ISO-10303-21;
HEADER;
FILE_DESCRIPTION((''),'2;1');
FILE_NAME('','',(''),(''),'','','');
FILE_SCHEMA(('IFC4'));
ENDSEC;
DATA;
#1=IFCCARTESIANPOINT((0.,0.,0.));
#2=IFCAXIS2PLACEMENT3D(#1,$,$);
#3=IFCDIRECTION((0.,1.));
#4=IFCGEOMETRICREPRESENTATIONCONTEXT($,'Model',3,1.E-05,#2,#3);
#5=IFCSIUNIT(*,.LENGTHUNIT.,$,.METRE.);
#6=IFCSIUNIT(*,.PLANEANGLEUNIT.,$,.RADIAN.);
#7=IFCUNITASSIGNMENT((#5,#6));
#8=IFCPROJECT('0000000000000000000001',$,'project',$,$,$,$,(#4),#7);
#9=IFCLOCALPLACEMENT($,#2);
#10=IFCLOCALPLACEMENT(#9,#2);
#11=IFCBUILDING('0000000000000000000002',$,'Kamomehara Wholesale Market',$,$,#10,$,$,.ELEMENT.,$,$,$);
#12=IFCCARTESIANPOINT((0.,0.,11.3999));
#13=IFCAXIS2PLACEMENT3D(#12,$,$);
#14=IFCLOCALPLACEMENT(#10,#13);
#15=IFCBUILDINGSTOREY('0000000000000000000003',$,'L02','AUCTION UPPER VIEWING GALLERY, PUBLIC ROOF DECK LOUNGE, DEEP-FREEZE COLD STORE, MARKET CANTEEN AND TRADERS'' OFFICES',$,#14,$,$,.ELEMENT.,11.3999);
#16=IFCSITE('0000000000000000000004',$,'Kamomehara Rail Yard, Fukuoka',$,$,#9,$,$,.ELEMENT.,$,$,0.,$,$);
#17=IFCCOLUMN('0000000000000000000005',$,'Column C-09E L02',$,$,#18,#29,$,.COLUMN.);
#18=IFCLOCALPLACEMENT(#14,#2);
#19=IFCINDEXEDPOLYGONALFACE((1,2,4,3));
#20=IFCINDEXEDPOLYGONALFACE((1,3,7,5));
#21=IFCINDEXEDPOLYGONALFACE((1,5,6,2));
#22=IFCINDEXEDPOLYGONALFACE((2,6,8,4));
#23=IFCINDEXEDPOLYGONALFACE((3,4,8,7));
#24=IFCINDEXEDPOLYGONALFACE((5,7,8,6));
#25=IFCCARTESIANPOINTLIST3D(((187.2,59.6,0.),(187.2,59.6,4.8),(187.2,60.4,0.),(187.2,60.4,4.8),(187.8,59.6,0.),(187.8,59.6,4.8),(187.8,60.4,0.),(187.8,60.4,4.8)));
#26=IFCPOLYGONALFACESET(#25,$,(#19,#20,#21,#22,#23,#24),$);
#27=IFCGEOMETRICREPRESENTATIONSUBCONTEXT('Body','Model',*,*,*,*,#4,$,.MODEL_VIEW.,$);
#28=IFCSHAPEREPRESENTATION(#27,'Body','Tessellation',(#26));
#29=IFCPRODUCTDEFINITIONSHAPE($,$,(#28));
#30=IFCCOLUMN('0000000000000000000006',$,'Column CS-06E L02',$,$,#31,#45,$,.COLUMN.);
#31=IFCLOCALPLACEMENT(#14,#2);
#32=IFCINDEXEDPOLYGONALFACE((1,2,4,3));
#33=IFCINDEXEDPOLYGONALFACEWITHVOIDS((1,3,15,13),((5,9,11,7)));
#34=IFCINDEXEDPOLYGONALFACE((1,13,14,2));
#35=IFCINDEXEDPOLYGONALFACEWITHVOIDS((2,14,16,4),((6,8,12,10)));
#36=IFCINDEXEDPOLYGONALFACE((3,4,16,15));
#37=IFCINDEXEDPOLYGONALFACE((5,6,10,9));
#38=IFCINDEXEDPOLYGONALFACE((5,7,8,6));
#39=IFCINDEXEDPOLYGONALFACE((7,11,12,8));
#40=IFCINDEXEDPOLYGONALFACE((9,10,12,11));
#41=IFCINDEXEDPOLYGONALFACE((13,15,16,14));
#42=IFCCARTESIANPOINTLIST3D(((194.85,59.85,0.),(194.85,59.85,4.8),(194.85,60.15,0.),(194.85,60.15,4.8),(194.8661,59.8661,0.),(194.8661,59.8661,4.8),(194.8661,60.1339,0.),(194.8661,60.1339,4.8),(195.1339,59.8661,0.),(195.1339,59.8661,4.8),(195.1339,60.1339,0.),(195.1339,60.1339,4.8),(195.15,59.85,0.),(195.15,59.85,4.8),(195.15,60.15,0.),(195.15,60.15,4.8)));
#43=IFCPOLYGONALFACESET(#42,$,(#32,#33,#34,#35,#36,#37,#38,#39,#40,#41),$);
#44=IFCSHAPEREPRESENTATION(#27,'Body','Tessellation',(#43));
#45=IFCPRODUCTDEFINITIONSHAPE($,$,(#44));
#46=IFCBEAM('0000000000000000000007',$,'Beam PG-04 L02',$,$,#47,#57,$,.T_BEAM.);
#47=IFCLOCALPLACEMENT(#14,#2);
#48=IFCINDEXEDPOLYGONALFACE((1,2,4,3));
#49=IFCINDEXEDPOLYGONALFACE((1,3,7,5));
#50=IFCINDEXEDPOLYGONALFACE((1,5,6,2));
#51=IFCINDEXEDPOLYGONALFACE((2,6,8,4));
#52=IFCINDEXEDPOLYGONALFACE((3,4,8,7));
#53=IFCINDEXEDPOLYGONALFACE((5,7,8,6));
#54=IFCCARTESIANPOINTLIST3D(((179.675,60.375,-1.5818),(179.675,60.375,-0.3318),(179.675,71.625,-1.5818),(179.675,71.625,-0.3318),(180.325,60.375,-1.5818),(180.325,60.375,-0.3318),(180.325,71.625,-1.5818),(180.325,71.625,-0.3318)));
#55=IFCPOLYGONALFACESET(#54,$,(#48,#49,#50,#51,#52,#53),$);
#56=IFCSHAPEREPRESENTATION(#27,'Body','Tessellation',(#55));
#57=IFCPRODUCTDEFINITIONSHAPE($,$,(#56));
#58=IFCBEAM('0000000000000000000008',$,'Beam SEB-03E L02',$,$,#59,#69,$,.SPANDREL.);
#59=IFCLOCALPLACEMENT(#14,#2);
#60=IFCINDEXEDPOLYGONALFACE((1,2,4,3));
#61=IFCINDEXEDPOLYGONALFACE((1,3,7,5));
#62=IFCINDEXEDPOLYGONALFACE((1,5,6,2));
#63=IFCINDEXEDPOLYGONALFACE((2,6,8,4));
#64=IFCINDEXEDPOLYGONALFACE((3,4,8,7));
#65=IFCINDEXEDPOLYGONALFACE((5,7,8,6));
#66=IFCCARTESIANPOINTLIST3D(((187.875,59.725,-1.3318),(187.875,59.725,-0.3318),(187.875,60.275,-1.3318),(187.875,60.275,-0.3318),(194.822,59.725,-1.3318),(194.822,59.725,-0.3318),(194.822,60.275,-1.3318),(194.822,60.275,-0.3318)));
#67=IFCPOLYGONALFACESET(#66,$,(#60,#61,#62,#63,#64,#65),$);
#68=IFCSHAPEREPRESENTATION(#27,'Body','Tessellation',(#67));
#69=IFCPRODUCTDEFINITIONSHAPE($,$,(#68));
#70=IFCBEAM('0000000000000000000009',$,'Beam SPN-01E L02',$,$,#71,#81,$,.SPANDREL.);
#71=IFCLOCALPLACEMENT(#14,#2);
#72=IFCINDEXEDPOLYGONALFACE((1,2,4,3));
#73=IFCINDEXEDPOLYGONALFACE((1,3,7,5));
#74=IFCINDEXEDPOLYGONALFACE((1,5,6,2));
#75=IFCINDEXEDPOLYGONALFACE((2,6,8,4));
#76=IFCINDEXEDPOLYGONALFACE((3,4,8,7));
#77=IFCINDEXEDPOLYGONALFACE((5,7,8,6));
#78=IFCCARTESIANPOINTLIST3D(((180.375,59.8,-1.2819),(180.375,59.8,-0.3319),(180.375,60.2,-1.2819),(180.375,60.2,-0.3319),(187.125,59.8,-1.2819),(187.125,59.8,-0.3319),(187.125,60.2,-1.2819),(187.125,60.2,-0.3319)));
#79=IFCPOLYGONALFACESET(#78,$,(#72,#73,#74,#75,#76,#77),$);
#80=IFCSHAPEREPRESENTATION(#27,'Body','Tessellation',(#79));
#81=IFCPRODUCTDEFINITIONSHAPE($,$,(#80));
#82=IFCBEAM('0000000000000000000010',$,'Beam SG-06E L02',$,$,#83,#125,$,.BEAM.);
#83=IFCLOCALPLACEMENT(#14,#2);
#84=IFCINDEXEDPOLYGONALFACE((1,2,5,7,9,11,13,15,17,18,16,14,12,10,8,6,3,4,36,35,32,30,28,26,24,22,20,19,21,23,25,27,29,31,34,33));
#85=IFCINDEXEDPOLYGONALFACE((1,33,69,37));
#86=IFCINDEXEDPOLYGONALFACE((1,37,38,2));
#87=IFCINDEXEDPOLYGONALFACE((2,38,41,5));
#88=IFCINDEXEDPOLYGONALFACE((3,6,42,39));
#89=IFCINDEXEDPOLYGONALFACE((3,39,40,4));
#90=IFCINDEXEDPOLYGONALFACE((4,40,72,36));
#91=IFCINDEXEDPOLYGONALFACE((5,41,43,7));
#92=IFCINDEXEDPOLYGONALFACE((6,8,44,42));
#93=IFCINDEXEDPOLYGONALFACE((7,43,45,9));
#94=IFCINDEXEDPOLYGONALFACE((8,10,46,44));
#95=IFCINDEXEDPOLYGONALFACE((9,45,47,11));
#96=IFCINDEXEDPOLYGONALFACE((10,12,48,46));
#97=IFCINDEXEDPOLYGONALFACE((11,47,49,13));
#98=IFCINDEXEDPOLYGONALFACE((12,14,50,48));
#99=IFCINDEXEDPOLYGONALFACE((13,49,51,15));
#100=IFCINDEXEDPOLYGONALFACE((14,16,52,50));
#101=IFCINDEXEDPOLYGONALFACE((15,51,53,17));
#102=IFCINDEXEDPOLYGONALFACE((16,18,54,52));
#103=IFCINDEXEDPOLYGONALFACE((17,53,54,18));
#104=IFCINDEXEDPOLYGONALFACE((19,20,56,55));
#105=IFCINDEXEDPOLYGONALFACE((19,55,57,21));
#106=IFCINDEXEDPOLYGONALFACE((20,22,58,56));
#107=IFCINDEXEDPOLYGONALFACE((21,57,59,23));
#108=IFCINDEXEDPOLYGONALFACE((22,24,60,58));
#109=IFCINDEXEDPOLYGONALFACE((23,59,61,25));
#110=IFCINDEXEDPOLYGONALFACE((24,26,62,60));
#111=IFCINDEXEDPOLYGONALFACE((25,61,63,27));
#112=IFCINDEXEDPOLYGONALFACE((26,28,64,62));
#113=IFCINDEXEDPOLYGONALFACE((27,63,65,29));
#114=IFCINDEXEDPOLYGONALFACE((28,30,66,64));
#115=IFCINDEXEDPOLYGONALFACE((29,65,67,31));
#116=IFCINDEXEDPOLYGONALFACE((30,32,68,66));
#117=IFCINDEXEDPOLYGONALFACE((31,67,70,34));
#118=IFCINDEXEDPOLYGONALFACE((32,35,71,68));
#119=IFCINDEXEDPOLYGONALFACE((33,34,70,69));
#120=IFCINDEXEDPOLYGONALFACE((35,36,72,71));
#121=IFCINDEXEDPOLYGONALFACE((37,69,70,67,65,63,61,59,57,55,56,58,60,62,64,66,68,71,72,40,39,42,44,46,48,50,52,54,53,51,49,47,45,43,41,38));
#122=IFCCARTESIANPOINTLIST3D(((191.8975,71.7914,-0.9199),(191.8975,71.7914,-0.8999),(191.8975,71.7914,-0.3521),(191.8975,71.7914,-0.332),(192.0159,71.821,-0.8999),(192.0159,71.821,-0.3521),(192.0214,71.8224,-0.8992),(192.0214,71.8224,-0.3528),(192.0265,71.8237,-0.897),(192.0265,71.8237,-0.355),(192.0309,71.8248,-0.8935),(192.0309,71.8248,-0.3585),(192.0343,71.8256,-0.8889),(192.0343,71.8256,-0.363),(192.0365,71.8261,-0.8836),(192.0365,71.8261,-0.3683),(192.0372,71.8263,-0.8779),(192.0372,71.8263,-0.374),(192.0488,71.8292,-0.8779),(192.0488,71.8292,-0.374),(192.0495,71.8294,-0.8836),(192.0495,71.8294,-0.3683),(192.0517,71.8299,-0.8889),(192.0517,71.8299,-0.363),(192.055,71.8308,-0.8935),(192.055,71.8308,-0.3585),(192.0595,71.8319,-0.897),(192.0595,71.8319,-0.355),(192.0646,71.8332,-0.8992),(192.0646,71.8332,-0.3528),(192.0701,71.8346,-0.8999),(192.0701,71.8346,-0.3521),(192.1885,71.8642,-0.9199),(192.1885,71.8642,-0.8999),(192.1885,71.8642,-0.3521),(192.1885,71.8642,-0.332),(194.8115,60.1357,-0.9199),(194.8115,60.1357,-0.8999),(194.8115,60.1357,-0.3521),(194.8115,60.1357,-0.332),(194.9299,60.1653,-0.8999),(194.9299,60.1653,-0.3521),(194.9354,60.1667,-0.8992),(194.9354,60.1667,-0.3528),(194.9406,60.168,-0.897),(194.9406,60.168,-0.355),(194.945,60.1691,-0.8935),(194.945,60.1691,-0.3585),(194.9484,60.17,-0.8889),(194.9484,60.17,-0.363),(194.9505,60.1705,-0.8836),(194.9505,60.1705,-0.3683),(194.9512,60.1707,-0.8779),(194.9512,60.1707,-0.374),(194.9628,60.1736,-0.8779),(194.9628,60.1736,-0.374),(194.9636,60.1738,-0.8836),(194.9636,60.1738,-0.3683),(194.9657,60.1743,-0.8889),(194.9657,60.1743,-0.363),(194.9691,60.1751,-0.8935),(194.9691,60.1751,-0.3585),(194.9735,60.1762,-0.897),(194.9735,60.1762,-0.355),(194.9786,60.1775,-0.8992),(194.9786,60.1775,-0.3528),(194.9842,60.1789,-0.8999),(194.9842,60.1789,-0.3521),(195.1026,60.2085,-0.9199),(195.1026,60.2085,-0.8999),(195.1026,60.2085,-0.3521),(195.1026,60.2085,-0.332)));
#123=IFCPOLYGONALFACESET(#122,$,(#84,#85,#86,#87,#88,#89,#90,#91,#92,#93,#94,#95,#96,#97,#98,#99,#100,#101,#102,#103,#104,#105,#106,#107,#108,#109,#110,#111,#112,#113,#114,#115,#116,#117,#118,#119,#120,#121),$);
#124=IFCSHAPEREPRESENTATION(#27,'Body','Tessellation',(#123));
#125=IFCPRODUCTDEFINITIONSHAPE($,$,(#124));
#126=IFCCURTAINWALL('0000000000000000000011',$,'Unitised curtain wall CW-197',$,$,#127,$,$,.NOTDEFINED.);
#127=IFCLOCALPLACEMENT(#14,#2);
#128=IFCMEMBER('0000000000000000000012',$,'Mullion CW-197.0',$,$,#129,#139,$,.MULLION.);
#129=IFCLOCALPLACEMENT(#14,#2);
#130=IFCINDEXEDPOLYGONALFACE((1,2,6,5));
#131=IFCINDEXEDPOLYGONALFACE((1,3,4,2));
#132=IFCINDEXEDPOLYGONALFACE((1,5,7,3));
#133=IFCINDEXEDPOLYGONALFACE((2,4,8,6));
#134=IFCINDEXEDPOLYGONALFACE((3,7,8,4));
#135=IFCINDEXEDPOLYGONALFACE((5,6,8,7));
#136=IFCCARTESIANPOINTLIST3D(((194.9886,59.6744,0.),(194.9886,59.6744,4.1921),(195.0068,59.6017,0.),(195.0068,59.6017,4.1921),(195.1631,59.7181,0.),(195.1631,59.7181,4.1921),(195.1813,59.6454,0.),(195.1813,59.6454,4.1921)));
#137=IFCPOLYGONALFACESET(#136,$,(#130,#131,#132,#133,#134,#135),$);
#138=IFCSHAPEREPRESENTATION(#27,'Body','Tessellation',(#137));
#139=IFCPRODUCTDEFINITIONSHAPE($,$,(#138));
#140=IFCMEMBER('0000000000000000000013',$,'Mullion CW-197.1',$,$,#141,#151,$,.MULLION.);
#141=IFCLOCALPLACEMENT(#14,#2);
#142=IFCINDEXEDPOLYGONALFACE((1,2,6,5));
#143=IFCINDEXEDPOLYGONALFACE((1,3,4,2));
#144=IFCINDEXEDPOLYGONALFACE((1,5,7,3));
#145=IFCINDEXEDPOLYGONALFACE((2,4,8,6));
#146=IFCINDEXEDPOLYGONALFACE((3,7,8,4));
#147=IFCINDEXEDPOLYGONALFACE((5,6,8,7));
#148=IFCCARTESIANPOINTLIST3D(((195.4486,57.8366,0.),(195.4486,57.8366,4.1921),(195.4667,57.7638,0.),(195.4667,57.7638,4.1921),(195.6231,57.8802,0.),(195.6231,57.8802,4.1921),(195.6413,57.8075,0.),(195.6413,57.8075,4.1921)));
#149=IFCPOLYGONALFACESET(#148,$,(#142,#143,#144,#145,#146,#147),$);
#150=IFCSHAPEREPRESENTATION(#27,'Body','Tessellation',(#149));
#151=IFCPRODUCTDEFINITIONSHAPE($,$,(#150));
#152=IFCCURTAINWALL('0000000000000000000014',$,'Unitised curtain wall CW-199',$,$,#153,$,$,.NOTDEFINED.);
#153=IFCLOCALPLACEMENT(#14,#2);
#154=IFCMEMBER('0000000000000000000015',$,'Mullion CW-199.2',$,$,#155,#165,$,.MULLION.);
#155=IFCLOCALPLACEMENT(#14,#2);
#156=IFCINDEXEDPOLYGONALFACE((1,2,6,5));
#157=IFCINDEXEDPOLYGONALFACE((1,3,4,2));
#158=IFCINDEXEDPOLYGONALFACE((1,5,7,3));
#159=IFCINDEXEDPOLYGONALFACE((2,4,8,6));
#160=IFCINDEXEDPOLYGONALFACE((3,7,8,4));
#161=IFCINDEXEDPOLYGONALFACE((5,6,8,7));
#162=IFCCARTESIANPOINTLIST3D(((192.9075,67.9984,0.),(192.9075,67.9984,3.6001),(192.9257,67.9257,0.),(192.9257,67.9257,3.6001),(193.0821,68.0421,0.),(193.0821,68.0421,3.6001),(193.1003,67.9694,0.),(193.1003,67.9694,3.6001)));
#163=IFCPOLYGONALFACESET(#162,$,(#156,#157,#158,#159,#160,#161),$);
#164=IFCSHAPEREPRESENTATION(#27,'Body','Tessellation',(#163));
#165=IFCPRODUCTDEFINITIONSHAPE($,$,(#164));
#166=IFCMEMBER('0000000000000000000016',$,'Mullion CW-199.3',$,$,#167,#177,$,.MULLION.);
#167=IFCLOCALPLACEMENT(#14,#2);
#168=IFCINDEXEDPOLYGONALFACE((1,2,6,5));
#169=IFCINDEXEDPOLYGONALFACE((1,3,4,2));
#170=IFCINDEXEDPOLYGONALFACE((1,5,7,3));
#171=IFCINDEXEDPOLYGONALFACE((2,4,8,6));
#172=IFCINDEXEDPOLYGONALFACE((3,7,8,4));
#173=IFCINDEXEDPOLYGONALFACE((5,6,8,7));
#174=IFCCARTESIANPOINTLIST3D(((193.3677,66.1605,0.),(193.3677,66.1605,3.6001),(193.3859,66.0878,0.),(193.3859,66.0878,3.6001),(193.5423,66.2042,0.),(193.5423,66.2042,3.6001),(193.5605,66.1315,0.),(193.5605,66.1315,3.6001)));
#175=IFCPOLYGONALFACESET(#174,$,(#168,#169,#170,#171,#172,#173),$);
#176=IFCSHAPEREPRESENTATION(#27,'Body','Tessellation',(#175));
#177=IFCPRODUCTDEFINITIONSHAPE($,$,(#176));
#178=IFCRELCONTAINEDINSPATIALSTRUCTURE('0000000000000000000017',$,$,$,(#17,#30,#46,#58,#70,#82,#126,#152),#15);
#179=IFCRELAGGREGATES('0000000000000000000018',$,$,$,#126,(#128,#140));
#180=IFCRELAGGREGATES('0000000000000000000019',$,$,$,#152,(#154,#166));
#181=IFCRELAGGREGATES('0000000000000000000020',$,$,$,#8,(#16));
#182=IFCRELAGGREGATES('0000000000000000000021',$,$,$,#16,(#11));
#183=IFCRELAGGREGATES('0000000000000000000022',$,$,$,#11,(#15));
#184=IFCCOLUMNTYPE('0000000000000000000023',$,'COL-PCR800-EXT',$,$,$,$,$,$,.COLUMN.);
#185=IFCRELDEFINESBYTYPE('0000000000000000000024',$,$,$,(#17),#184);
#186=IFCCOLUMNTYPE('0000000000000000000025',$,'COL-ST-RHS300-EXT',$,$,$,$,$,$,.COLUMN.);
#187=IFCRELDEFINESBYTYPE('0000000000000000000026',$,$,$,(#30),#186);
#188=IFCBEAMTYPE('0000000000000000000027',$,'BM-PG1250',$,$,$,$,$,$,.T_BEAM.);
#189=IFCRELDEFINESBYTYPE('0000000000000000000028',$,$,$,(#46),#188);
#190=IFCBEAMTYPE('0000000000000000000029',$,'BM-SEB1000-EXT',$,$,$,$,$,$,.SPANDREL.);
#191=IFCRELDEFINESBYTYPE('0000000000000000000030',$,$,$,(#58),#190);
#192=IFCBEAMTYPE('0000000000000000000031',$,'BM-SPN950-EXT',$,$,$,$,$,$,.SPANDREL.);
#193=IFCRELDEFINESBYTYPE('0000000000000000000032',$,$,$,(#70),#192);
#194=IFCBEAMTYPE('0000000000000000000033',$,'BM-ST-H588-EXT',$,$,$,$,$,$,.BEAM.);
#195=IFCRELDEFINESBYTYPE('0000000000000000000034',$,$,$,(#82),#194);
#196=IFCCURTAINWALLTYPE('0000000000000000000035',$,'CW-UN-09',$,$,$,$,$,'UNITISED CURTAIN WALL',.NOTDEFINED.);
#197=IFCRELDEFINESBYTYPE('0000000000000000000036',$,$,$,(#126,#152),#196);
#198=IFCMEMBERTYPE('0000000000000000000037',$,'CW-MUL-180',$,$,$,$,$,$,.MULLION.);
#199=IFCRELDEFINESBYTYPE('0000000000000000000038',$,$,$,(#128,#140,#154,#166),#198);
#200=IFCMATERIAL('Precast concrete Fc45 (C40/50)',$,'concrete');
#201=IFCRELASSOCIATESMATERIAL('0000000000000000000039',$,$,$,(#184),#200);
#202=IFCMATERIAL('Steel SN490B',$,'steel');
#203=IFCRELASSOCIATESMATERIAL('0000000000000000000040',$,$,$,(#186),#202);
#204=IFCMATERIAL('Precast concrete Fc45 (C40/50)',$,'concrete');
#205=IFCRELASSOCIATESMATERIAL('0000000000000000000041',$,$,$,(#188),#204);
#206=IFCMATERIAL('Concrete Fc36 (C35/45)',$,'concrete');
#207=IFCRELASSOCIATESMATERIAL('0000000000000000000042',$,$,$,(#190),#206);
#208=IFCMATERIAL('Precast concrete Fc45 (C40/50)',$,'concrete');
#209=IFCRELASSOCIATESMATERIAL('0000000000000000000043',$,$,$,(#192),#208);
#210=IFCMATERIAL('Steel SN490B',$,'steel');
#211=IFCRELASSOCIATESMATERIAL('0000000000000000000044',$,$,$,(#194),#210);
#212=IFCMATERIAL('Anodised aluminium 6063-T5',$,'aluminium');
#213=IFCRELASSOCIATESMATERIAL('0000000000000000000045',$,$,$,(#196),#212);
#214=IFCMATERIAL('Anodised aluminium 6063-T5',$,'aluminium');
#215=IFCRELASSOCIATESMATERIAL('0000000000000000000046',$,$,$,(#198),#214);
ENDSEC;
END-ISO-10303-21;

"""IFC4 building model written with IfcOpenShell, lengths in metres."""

from ifc_helpers import new_model, si_unit, direction, frame, origin, origin_2d, place, context, subcontext, project, spatial, rectangle, hollow_rectangle, i_section, extrude, material, material_profile, profile_set, type_object, element, aggregate, save


model = new_model("IFC4")

# Units and contexts
model_context = context("Model", 3, precision=1e-05, world=origin(), true_north=direction((0.0, 1.0)))
body_context = subcontext(model_context, "Body", "Model", "MODEL_VIEW")
ifc_project = project(units=[si_unit("LENGTHUNIT", "METRE"), si_unit("PLANEANGLEUNIT", "RADIAN")], contexts=[model_context])

# Site, building, storey
site_placement = place(None, origin())
site = spatial("IfcSite", under=ifc_project, at=site_placement, Name="Kamomehara Rail Yard, Fukuoka", CompositionType="ELEMENT", RefElevation=0.0)
building_placement = place(site_placement, origin())
building = spatial("IfcBuilding", under=site, at=building_placement, Name="Kamomehara Wholesale Market", CompositionType="ELEMENT")
storey_placement = place(building_placement, frame((0.0, 0.0, 11.3999)))
storey = spatial("IfcBuildingStorey", under=building, at=storey_placement, Name="L02", Description="AUCTION UPPER VIEWING GALLERY, PUBLIC ROOF DECK LOUNGE, DEEP-FREEZE COLD STORE, MARKET CANTEEN AND TRADERS' OFFICES", CompositionType="ELEMENT", Elevation=11.3999)

# Columns
ifc_material_1 = material(Name="Precast concrete Fc45 (C40/50)", Category="concrete")
ifc_material_profile_1 = material_profile(ifc_material_1, rectangle(XDim=0.6001, YDim=0.8, at=origin_2d()), Name="PC-COL-600x800")
ifc_profile_set_1 = profile_set([ifc_material_profile_1], Name="Precast concrete Fc45 (C40/50)")
column_type_1 = type_object("IfcColumnType", Name="COL-PCR800-EXT", PredefinedType="COLUMN", material=ifc_profile_set_1)
column_1_placement = place(storey_placement, frame((187.5, 60.0, 0.0), z_axis=(0.0, 0.0, 1.0), x_axis=(1.0, 0.0, 0.0)))
element("IfcColumn", 1, at=column_1_placement, inside=storey, type_object=column_type_1, Name="Column C-09E L02", PredefinedType="COLUMN", context=body_context, shape_type="SweptSolid", body=[
    extrude(rectangle(XDim=0.6001, YDim=0.8, at=origin_2d()), origin(), (0.0, 0.0, 1.0), 4.8),
])
ifc_material_2 = material(Name="Steel SN490B", Category="steel")
ifc_material_profile_2 = material_profile(ifc_material_2, hollow_rectangle(XDim=0.3, YDim=0.3, WallThickness=0.0161, at=origin_2d()), Name="RHS-300x300x16")
ifc_profile_set_2 = profile_set([ifc_material_profile_2], Name="Steel SN490B")
column_type_2 = type_object("IfcColumnType", Name="COL-ST-RHS300-EXT", PredefinedType="COLUMN", material=ifc_profile_set_2)
column_2_placement = place(storey_placement, frame((195.0, 60.0, 0.0), z_axis=(0.0, 0.0, 1.0), x_axis=(1.0, 0.0, 0.0)))
element("IfcColumn", 2, at=column_2_placement, inside=storey, type_object=column_type_2, Name="Column CS-06E L02", PredefinedType="COLUMN", context=body_context, shape_type="SweptSolid", body=[
    extrude(hollow_rectangle(XDim=0.3, YDim=0.3, WallThickness=0.0161, at=origin_2d()), origin(), (0.0, 0.0, 1.0), 4.8),
])

# Beams
ifc_material_3 = material(Name="Precast concrete Fc45 (C40/50)", Category="concrete")
ifc_material_profile_3 = material_profile(ifc_material_3, rectangle(XDim=0.6499, YDim=1.25, at=origin_2d()), Name="PC-GRD-650x1250")
ifc_profile_set_3 = profile_set([ifc_material_profile_3], Name="Precast concrete Fc45 (C40/50)")
beam_type_1 = type_object("IfcBeamType", Name="BM-PG1250", PredefinedType="T_BEAM", material=ifc_profile_set_3)
beam_1_placement = place(storey_placement, frame((180.0, 60.375, -0.9568), z_axis=(0.0, 1.0, 0.0), x_axis=(-1.0, 0.0, 0.0)))
element("IfcBeam", 3, at=beam_1_placement, inside=storey, type_object=beam_type_1, Name="Beam PG-04 L02", PredefinedType="T_BEAM", context=body_context, shape_type="SweptSolid", body=[
    extrude(rectangle(XDim=0.6499, YDim=1.25, at=origin_2d()), origin(), (0.0, 0.0, 1.0), 11.25),
])
ifc_material_4 = material(Name="Concrete Fc36 (C35/45)", Category="concrete")
ifc_material_profile_4 = material_profile(ifc_material_4, rectangle(XDim=0.55, YDim=1.0, at=origin_2d()), Name="RC-SEB-550x1000")
ifc_profile_set_4 = profile_set([ifc_material_profile_4], Name="Concrete Fc36 (C35/45)")
beam_type_2 = type_object("IfcBeamType", Name="BM-SEB1000-EXT", PredefinedType="SPANDREL", material=ifc_profile_set_4)
beam_2_placement = place(storey_placement, frame((187.875, 60.0, -0.8318), z_axis=(1.0, 0.0, 0.0), x_axis=(0.0, 1.0, 0.0)))
element("IfcBeam", 4, at=beam_2_placement, inside=storey, type_object=beam_type_2, Name="Beam SEB-03E L02", PredefinedType="SPANDREL", context=body_context, shape_type="SweptSolid", body=[
    extrude(rectangle(XDim=0.55, YDim=1.0, at=origin_2d()), origin(), (0.0, 0.0, 1.0), 6.947),
])
ifc_material_5 = material(Name="Precast concrete Fc45 (C40/50)", Category="concrete")
ifc_material_profile_5 = material_profile(ifc_material_5, rectangle(XDim=0.3999, YDim=0.95, at=origin_2d()), Name="PC-SPN-400x950")
ifc_profile_set_5 = profile_set([ifc_material_profile_5], Name="Precast concrete Fc45 (C40/50)")
beam_type_3 = type_object("IfcBeamType", Name="BM-SPN950-EXT", PredefinedType="SPANDREL", material=ifc_profile_set_5)
beam_3_placement = place(storey_placement, frame((180.375, 60.0, -0.8069), z_axis=(1.0, 0.0, 0.0), x_axis=(0.0, 1.0, 0.0)))
element("IfcBeam", 5, at=beam_3_placement, inside=storey, type_object=beam_type_3, Name="Beam SPN-01E L02", PredefinedType="SPANDREL", context=body_context, shape_type="SweptSolid", body=[
    extrude(rectangle(XDim=0.3999, YDim=0.95, at=origin_2d()), origin(), (0.0, 0.0, 1.0), 6.75),
])
ifc_material_6 = material(Name="Steel SN490B", Category="steel")
ifc_material_profile_6 = material_profile(ifc_material_6, i_section(OverallWidth=0.3, OverallDepth=0.5879, WebThickness=0.012, FlangeThickness=0.02, FilletRadius=0.022, at=origin_2d()), Name="H-588x300x12x20")
ifc_profile_set_6 = profile_set([ifc_material_profile_6], Name="Steel SN490B")
beam_type_4 = type_object("IfcBeamType", Name="BM-ST-H588-EXT", PredefinedType="BEAM", material=ifc_profile_set_6)
beam_4_placement = place(storey_placement, frame((194.957, 60.1721, -0.626), z_axis=(-0.242545, 0.97014, 0.0), x_axis=(-0.97014, -0.242545, 0.0)))
element("IfcBeam", 6, at=beam_4_placement, inside=storey, type_object=beam_type_4, Name="Beam SG-06E L02", PredefinedType="BEAM", context=body_context, shape_type="SweptSolid", body=[
    extrude(i_section(OverallWidth=0.3, OverallDepth=0.5879, WebThickness=0.012, FlangeThickness=0.02, FilletRadius=0.022, at=origin_2d()), origin(), (0.0, 0.0, 1.0), 12.0144),
])

# Curtain walls, members
ifc_material_7 = material(Name="Anodised aluminium 6063-T5", Category="aluminium")
curtain_wall_type = type_object("IfcCurtainWallType", Name="CW-UN-09", ElementType="UNITISED CURTAIN WALL", PredefinedType="NOTDEFINED", material=ifc_material_7)
curtain_wall_1_placement = place(storey_placement, origin())
curtain_wall_1 = element("IfcCurtainWall", 7, at=curtain_wall_1_placement, inside=storey, type_object=curtain_wall_type, Name="Unitised curtain wall CW-197", PredefinedType="NOTDEFINED")
ifc_material_8 = material(Name="Anodised aluminium 6063-T5", Category="aluminium")
ifc_material_profile_7 = material_profile(ifc_material_8, rectangle(XDim=0.075, YDim=0.1799, at=origin_2d()), Name="ALU-MUL-75x180")
ifc_profile_set_7 = profile_set([ifc_material_profile_7], Name="Anodised aluminium 6063-T5")
member_type_1 = type_object("IfcMemberType", Name="CW-MUL-180", PredefinedType="MULLION", material=ifc_profile_set_7)
member_1_placement = place(storey_placement, frame((195.085, 59.6599, 0.0), z_axis=(0.0, 0.0, 1.0), x_axis=(0.242618, -0.970122, 0.0)))
member_1 = element("IfcMember", 8, at=member_1_placement, type_object=member_type_1, Name="Mullion CW-197.0", PredefinedType="MULLION", context=body_context, shape_type="SweptSolid", body=[
    extrude(rectangle(XDim=0.075, YDim=0.1799, at=origin_2d()), origin(), (0.0, 0.0, 1.0), 4.1921),
])
member_2_placement = place(storey_placement, frame((195.5449, 57.822, 0.0), z_axis=(0.0, 0.0, 1.0), x_axis=(0.242618, -0.970122, 0.0)))
member_2 = element("IfcMember", 9, at=member_2_placement, type_object=member_type_1, Name="Mullion CW-197.1", PredefinedType="MULLION", context=body_context, shape_type="SweptSolid", body=[
    extrude(rectangle(XDim=0.075, YDim=0.1799, at=origin_2d()), origin(), (0.0, 0.0, 1.0), 4.1921),
])
curtain_wall_2_placement = place(storey_placement, origin())
curtain_wall_2 = element("IfcCurtainWall", 10, at=curtain_wall_2_placement, inside=storey, type_object=curtain_wall_type, Name="Unitised curtain wall CW-199", PredefinedType="NOTDEFINED")
member_3_placement = place(storey_placement, frame((193.0039, 67.9839, 0.0), z_axis=(0.0, 0.0, 1.0), x_axis=(0.242618, -0.970122, 0.0)))
member_3 = element("IfcMember", 11, at=member_3_placement, type_object=member_type_1, Name="Mullion CW-199.2", PredefinedType="MULLION", context=body_context, shape_type="SweptSolid", body=[
    extrude(rectangle(XDim=0.075, YDim=0.1799, at=origin_2d()), origin(), (0.0, 0.0, 1.0), 3.6001),
])
member_4_placement = place(storey_placement, frame((193.4641, 66.146, 0.0), z_axis=(0.0, 0.0, 1.0), x_axis=(0.242618, -0.970122, 0.0)))
member_4 = element("IfcMember", 12, at=member_4_placement, type_object=member_type_1, Name="Mullion CW-199.3", PredefinedType="MULLION", context=body_context, shape_type="SweptSolid", body=[
    extrude(rectangle(XDim=0.075, YDim=0.1799, at=origin_2d()), origin(), (0.0, 0.0, 1.0), 3.6001),
])

aggregate(curtain_wall_1, [member_1, member_2])
aggregate(curtain_wall_2, [member_3, member_4])

save(model, "model.ifc")
